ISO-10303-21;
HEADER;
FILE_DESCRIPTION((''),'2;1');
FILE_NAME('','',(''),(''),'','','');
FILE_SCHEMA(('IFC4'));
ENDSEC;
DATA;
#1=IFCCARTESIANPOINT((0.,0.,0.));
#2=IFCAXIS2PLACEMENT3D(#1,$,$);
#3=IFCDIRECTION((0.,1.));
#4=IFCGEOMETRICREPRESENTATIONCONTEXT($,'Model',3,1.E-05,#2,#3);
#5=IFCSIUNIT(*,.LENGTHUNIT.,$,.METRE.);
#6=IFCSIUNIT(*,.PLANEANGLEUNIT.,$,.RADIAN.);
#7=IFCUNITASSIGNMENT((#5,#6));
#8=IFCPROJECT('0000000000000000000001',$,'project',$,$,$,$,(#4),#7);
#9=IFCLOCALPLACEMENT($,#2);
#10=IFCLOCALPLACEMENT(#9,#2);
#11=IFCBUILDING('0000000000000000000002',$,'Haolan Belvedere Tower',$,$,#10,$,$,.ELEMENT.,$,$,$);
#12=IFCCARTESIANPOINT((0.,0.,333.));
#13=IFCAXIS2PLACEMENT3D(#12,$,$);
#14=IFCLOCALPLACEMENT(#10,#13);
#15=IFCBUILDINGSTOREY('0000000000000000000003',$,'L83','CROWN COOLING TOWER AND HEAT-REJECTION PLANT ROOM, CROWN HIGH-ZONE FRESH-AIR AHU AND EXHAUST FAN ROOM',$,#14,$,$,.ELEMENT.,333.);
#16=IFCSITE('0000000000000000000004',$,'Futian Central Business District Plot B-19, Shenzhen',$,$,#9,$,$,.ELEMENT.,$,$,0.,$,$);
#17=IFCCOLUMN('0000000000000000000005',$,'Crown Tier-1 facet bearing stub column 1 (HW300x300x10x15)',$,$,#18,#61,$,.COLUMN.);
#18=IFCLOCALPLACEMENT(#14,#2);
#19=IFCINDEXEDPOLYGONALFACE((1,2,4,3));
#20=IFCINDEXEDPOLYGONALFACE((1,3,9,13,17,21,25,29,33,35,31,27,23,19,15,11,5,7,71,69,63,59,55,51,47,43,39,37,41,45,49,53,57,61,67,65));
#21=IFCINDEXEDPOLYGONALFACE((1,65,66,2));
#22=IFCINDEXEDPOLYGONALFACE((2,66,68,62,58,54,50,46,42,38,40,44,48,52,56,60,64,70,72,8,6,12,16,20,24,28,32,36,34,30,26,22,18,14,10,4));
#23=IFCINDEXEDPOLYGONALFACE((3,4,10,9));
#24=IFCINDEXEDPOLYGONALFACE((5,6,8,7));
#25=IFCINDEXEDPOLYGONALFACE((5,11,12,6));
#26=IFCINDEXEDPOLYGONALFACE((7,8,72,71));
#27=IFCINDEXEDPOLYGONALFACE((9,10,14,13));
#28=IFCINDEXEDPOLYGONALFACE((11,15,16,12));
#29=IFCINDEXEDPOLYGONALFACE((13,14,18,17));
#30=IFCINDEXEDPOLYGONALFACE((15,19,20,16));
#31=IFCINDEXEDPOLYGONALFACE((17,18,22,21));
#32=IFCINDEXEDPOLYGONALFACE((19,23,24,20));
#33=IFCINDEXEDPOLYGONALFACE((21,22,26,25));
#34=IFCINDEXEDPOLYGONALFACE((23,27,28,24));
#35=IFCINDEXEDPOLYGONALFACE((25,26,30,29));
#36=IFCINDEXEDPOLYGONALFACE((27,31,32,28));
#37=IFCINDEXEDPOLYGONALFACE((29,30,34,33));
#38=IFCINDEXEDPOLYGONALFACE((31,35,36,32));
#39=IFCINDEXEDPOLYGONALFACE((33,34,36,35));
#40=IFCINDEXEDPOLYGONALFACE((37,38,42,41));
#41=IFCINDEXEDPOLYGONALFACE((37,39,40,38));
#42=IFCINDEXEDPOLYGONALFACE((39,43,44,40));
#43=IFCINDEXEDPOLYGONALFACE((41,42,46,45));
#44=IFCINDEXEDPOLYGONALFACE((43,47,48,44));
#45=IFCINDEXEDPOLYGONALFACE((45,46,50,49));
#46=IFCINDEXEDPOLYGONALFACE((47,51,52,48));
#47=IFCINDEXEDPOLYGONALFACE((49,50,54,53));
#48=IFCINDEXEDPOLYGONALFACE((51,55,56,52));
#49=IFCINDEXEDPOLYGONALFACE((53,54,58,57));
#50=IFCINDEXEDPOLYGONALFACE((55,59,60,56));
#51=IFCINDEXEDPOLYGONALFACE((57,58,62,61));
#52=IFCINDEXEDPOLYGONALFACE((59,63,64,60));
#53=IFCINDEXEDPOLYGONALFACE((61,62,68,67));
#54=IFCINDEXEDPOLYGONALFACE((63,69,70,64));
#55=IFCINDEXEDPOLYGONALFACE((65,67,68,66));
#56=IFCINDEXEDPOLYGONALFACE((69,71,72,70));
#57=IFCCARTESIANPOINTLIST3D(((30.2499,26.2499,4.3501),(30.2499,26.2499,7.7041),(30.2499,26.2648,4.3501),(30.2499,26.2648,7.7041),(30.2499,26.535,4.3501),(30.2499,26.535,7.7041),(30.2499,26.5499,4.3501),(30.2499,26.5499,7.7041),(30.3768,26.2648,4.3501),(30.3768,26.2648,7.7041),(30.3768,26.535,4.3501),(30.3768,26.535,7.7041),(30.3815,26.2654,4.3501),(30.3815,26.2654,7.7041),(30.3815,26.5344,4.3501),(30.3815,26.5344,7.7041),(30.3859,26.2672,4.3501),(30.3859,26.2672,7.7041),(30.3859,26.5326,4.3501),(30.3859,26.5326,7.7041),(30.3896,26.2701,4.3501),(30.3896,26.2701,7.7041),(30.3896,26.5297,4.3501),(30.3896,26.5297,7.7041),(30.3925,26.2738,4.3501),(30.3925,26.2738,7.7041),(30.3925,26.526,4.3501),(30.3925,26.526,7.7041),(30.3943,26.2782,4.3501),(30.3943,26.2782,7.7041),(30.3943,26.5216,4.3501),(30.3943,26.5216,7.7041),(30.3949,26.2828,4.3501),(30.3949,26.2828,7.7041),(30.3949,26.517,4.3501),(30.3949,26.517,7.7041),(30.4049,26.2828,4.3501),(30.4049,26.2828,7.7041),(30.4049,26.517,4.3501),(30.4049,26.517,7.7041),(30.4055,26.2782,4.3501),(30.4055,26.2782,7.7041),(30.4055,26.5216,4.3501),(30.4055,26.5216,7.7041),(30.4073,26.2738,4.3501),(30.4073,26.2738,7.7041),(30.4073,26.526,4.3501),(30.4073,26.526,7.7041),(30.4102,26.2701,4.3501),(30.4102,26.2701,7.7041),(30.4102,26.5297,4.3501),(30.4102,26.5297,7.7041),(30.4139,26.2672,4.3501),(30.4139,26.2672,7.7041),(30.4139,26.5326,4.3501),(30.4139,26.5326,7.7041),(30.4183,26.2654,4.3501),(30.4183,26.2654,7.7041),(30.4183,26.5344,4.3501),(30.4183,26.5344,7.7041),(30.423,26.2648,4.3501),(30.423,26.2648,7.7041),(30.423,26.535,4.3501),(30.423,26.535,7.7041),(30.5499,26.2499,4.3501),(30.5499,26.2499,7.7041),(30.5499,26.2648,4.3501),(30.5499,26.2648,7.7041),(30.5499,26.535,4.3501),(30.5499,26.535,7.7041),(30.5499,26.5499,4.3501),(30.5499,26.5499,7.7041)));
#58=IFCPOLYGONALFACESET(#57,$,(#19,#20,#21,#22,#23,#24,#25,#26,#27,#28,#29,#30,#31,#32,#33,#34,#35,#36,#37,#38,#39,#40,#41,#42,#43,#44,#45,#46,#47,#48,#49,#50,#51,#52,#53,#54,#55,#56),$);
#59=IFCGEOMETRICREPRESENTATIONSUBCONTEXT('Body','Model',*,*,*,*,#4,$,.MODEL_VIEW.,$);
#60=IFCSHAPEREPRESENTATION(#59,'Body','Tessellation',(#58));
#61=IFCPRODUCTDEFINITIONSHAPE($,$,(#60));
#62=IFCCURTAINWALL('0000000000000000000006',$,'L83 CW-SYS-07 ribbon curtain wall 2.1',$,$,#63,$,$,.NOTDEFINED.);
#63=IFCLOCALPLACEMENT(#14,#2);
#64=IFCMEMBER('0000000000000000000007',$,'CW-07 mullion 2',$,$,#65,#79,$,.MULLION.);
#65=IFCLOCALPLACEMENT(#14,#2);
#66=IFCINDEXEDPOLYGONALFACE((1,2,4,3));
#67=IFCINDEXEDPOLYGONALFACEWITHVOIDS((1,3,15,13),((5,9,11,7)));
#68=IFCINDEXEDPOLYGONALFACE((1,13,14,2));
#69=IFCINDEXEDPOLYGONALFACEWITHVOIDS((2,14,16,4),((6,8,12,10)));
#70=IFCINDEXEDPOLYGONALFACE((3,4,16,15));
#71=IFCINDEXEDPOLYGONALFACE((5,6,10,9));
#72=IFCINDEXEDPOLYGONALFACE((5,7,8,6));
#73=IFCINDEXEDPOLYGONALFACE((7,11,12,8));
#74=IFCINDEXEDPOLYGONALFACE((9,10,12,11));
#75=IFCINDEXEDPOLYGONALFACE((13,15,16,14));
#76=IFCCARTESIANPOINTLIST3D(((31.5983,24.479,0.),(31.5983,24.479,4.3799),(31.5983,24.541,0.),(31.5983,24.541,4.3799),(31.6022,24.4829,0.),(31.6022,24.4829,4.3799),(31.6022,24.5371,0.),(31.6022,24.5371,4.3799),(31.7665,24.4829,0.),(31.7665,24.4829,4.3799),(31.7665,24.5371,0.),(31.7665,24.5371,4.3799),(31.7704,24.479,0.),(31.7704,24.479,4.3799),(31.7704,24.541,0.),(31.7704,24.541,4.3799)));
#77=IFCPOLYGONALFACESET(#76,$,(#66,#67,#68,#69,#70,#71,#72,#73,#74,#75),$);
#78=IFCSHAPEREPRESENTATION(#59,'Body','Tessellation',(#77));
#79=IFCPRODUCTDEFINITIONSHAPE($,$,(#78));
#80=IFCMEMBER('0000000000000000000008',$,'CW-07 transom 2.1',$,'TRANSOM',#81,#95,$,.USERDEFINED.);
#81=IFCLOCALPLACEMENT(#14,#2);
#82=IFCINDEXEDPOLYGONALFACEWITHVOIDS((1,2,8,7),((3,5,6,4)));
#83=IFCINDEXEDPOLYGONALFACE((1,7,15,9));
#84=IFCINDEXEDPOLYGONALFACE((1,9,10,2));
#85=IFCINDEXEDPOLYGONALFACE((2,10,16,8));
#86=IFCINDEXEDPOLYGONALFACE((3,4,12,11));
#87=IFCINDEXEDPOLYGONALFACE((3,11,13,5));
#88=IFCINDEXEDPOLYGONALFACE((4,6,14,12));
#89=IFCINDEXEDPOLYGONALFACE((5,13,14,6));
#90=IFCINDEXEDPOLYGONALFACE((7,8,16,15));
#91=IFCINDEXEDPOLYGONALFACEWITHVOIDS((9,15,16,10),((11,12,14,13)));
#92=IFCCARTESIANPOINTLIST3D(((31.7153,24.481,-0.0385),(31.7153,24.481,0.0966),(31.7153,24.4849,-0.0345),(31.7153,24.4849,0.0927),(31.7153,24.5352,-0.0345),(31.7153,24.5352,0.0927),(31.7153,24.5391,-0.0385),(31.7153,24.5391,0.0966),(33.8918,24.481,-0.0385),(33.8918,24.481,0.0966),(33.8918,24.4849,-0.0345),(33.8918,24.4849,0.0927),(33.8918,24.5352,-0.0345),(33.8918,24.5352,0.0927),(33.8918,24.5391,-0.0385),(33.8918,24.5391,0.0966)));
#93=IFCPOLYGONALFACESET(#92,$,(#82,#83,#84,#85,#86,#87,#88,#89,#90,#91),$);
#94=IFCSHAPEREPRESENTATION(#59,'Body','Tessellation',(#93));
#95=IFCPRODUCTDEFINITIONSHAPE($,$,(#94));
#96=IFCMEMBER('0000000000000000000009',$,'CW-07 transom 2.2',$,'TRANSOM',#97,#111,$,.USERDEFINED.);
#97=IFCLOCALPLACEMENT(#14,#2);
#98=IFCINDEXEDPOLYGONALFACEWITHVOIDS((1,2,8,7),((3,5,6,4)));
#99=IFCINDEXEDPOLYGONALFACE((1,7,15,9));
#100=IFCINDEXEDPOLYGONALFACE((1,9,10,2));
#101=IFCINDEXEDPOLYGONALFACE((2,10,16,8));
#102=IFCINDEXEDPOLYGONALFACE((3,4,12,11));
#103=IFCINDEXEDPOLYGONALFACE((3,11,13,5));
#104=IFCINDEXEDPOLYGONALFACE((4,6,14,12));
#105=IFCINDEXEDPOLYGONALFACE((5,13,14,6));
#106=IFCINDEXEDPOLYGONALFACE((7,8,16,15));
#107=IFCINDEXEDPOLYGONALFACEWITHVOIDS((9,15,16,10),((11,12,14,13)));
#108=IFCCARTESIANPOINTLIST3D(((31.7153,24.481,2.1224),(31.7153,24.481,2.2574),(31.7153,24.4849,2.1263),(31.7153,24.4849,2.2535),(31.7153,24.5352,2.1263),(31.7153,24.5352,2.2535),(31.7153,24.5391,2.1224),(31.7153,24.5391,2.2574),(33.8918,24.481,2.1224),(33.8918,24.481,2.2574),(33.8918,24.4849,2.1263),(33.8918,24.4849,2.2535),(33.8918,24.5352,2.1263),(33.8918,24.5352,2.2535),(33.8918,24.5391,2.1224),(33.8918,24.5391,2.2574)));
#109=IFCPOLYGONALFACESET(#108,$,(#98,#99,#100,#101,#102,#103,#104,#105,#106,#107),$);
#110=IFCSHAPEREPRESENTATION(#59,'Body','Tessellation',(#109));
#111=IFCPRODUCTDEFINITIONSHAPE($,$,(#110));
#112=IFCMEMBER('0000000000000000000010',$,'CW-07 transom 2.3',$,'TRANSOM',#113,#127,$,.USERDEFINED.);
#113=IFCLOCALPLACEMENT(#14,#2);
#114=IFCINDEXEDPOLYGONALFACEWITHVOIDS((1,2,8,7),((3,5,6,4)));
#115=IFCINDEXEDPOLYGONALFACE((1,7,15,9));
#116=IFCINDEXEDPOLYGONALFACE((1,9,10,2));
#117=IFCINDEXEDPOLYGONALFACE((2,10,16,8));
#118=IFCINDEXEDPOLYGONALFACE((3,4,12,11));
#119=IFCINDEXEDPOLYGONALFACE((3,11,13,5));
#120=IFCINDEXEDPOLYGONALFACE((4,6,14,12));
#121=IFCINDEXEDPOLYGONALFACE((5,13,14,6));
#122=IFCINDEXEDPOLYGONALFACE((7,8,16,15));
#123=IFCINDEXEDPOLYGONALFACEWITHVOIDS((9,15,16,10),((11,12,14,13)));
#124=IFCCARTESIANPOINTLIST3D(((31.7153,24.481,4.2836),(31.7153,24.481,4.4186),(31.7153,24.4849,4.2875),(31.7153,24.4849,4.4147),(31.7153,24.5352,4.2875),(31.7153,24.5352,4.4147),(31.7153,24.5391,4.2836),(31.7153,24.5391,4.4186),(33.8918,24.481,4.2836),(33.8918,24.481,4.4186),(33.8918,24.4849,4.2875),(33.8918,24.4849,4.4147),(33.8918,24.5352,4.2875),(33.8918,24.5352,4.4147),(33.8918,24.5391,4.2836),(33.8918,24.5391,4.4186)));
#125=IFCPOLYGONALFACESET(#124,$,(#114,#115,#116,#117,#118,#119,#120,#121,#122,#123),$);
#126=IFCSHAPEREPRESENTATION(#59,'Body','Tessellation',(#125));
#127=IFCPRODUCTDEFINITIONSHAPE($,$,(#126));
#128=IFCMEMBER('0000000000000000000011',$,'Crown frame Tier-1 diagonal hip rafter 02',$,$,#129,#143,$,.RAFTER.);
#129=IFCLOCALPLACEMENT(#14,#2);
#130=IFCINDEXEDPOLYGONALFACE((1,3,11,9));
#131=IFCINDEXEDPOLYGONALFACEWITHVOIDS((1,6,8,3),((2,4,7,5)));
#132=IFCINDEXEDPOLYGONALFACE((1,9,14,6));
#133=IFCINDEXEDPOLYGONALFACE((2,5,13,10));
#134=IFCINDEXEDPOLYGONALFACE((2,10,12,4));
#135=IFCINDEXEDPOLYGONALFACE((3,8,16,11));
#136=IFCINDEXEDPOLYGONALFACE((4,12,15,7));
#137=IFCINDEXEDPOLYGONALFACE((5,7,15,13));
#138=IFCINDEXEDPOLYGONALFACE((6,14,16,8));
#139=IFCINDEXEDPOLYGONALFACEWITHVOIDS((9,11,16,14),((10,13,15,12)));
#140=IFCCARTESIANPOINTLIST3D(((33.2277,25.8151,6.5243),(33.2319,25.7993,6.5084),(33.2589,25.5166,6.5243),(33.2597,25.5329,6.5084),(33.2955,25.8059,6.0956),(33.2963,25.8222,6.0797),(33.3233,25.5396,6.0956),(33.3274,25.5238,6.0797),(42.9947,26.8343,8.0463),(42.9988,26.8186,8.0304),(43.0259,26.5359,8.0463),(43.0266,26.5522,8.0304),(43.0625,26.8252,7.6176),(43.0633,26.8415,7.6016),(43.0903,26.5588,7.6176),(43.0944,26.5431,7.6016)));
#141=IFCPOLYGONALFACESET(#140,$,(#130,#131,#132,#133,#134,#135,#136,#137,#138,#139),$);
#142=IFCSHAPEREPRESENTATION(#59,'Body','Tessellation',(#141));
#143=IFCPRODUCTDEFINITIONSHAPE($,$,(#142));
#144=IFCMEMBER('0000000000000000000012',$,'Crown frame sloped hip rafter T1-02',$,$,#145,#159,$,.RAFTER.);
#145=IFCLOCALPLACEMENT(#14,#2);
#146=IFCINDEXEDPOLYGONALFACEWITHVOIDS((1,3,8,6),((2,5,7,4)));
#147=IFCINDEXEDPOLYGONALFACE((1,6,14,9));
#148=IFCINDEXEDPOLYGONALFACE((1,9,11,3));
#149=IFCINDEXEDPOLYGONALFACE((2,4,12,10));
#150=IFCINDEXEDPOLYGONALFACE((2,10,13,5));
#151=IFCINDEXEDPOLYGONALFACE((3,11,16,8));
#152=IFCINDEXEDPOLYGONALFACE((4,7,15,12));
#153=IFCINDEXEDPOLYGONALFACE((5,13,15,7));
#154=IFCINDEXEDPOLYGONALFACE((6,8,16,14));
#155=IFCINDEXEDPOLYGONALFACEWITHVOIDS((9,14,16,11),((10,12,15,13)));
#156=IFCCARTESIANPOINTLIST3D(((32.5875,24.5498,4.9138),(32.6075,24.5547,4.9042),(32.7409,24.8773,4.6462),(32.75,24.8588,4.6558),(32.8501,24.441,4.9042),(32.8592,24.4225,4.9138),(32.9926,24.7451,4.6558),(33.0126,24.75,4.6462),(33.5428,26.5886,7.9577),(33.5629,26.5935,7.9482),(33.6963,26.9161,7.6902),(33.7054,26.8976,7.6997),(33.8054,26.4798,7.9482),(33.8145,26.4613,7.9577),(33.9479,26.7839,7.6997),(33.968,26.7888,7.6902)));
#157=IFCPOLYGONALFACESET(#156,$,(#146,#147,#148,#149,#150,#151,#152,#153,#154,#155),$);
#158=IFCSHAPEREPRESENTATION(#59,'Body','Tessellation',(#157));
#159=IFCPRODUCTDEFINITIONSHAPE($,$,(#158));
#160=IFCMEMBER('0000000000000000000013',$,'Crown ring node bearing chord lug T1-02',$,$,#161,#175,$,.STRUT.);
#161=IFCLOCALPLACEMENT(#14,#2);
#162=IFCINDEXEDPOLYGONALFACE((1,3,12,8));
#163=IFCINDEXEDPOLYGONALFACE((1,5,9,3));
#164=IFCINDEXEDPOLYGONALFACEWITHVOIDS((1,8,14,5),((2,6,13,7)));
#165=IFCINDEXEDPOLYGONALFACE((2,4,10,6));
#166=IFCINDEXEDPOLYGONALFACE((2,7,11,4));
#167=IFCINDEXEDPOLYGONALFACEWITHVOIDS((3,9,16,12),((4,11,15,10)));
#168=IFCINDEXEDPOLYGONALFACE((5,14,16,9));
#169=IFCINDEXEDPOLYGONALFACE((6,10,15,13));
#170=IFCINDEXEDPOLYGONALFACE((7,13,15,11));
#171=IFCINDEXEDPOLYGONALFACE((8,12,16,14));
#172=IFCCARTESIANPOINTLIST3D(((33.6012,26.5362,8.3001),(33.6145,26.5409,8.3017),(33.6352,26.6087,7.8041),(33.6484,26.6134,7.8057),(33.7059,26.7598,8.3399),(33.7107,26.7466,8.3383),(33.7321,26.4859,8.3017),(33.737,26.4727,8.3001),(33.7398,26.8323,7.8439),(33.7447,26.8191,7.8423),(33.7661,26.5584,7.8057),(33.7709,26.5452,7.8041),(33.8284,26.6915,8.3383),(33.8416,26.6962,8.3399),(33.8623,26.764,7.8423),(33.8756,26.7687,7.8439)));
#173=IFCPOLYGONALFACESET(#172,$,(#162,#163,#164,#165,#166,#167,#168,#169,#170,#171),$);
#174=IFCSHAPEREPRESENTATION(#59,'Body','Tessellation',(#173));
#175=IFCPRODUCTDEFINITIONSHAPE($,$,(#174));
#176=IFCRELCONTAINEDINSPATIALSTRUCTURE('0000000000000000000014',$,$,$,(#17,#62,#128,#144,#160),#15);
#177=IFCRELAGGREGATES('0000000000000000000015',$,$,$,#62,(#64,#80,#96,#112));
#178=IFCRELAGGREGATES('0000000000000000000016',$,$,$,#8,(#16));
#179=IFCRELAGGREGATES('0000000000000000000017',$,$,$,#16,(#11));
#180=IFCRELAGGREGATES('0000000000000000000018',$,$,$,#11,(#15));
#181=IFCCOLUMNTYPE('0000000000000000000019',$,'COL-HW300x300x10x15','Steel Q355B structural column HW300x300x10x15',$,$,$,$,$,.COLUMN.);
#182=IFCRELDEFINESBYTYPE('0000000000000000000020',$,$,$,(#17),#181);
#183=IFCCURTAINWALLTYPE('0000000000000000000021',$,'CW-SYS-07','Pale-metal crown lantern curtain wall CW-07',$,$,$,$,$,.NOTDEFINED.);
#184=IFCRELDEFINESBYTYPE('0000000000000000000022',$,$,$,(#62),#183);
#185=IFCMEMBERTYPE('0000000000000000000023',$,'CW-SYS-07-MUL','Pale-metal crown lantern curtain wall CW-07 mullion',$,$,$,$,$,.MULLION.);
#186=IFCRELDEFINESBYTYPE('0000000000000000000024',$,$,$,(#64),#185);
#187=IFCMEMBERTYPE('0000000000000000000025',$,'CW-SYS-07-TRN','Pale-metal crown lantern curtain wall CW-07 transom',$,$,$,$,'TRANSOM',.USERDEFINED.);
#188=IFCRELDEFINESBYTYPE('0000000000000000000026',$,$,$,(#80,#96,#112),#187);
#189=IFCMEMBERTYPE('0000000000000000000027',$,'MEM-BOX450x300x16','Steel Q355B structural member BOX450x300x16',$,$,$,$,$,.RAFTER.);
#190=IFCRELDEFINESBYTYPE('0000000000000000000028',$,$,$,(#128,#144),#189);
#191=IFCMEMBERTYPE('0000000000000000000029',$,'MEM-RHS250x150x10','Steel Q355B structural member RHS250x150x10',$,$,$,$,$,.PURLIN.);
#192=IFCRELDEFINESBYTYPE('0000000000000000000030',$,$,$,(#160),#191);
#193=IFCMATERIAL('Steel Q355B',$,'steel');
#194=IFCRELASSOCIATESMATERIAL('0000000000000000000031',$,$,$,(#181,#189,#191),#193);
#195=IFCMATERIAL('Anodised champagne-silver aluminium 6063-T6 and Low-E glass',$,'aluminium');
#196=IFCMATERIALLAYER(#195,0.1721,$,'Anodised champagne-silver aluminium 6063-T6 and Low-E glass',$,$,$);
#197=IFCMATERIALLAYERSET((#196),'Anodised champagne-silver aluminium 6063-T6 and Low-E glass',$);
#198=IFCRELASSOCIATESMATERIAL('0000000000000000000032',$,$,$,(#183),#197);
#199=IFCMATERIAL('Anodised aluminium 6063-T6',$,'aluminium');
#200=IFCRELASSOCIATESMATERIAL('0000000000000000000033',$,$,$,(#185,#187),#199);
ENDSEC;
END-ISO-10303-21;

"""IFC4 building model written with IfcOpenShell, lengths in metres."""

from ifc_helpers import new_model, si_unit, direction, frame, origin, origin_2d, place, context, subcontext, project, spatial, hollow_rectangle, i_section, extrude, material, layer, layer_set, material_profile, profile_set, type_object, element, aggregate, save


model = new_model("IFC4")

# Units and contexts
model_context = context("Model", 3, precision=1e-05, world=origin(), true_north=direction((0.0, 1.0)))
body_context = subcontext(model_context, "Body", "Model", "MODEL_VIEW")
ifc_project = project(units=[si_unit("LENGTHUNIT", "METRE"), si_unit("PLANEANGLEUNIT", "RADIAN")], contexts=[model_context])

# Site, building, storey
site_placement = place(None, origin())
site = spatial("IfcSite", under=ifc_project, at=site_placement, Name="Futian Central Business District Plot B-19, Shenzhen", CompositionType="ELEMENT", RefElevation=0.0)
building_placement = place(site_placement, origin())
building = spatial("IfcBuilding", under=site, at=building_placement, Name="Haolan Belvedere Tower", CompositionType="ELEMENT")
storey_placement = place(building_placement, frame((0.0, 0.0, 333.0)))
storey = spatial("IfcBuildingStorey", under=building, at=storey_placement, Name="L83", Description="CROWN COOLING TOWER AND HEAT-REJECTION PLANT ROOM, CROWN HIGH-ZONE FRESH-AIR AHU AND EXHAUST FAN ROOM", CompositionType="ELEMENT", Elevation=333.0)

# Column
ifc_material_1 = material(Name="Steel Q355B", Category="steel")
ifc_material_profile_1 = material_profile(ifc_material_1, i_section(OverallWidth=0.3, OverallDepth=0.3, WebThickness=0.01, FlangeThickness=0.0149, FilletRadius=0.0181, at=origin_2d()), Name="Steel Q355B")
ifc_profile_set_1 = profile_set([ifc_material_profile_1], Name="Steel Q355B")
column_type = type_object("IfcColumnType", Name="COL-HW300x300x10x15", Description="Steel Q355B structural column HW300x300x10x15", PredefinedType="COLUMN", material=ifc_profile_set_1)
column_placement = place(storey_placement, frame((30.3999, 26.3999, 4.3501), z_axis=(0.0, 0.0, 1.0), x_axis=(1.0, 0.0, 0.0)))
element("IfcColumn", 1, at=column_placement, inside=storey, type_object=column_type, Name="Crown Tier-1 facet bearing stub column 1 (HW300x300x10x15)", PredefinedType="COLUMN", context=body_context, shape_type="SweptSolid", body=[
    extrude(i_section(OverallWidth=0.3, OverallDepth=0.3, WebThickness=0.01, FlangeThickness=0.0149, FilletRadius=0.0181, at=origin_2d()), origin(), (0.0, 0.0, 1.0), 3.354),
])

# Curtain wall, members
ifc_material_2 = material(Name="Anodised champagne-silver aluminium 6063-T6 and Low-E glass", Category="aluminium")
ifc_layer_1 = layer(ifc_material_2, 0.1721, Name="Anodised champagne-silver aluminium 6063-T6 and Low-E glass")
ifc_layer_set_1 = layer_set([ifc_layer_1], Name="Anodised champagne-silver aluminium 6063-T6 and Low-E glass")
curtain_wall_type = type_object("IfcCurtainWallType", Name="CW-SYS-07", Description="Pale-metal crown lantern curtain wall CW-07", PredefinedType="NOTDEFINED", material=ifc_layer_set_1)
curtain_wall_placement = place(storey_placement, origin())
curtain_wall = element("IfcCurtainWall", 2, at=curtain_wall_placement, inside=storey, type_object=curtain_wall_type, Name="L83 CW-SYS-07 ribbon curtain wall 2.1", PredefinedType="NOTDEFINED")
ifc_material_3 = material(Name="Anodised aluminium 6063-T6", Category="aluminium")
ifc_material_profile_2 = material_profile(ifc_material_3, hollow_rectangle(XDim=0.062, YDim=0.1721, WallThickness=0.0039, at=origin_2d()), Name="Anodised aluminium 6063-T6")
ifc_profile_set_2 = profile_set([ifc_material_profile_2], Name="Anodised aluminium 6063-T6")
member_type_1 = type_object("IfcMemberType", Name="CW-SYS-07-MUL", Description="Pale-metal crown lantern curtain wall CW-07 mullion", PredefinedType="MULLION", material=ifc_profile_set_2)
member_1_placement = place(storey_placement, frame((31.6843, 24.51, 0.0), z_axis=(0.0, 0.0, 1.0), x_axis=(0.0, 1.0, 0.0)))
member_1 = element("IfcMember", 3, at=member_1_placement, type_object=member_type_1, Name="CW-07 mullion 2", PredefinedType="MULLION", context=body_context, shape_type="SweptSolid", body=[
    extrude(hollow_rectangle(XDim=0.062, YDim=0.1721, WallThickness=0.0039, at=origin_2d()), origin(), (0.0, 0.0, 1.0), 4.3799),
])
ifc_material_profile_3 = material_profile(ifc_material_3, hollow_rectangle(XDim=0.0581, YDim=0.135, WallThickness=0.0039, at=origin_2d()), Name="Anodised aluminium 6063-T6")
ifc_profile_set_3 = profile_set([ifc_material_profile_3], Name="Anodised aluminium 6063-T6")
member_type_2 = type_object("IfcMemberType", Name="CW-SYS-07-TRN", Description="Pale-metal crown lantern curtain wall CW-07 transom", ElementType="TRANSOM", PredefinedType="USERDEFINED", material=ifc_profile_set_3)
member_2_placement = place(storey_placement, frame((31.7153, 24.51, 0.0291), z_axis=(1.0, 0.0, 0.0), x_axis=(0.0, 1.0, 0.0)))
member_2 = element("IfcMember", 4, at=member_2_placement, type_object=member_type_2, Name="CW-07 transom 2.1", ObjectType="TRANSOM", PredefinedType="USERDEFINED", context=body_context, shape_type="SweptSolid", body=[
    extrude(hollow_rectangle(XDim=0.0581, YDim=0.135, WallThickness=0.0039, at=origin_2d()), origin(), (0.0, 0.0, 1.0), 2.1765),
])
member_3_placement = place(storey_placement, frame((31.7153, 24.51, 2.1899), z_axis=(1.0, 0.0, 0.0), x_axis=(0.0, 1.0, 0.0)))
member_3 = element("IfcMember", 5, at=member_3_placement, type_object=member_type_2, Name="CW-07 transom 2.2", ObjectType="TRANSOM", PredefinedType="USERDEFINED", context=body_context, shape_type="SweptSolid", body=[
    extrude(hollow_rectangle(XDim=0.0581, YDim=0.135, WallThickness=0.0039, at=origin_2d()), origin(), (0.0, 0.0, 1.0), 2.1765),
])
member_4_placement = place(storey_placement, frame((31.7153, 24.51, 4.3511), z_axis=(1.0, 0.0, 0.0), x_axis=(0.0, 1.0, 0.0)))
member_4 = element("IfcMember", 6, at=member_4_placement, type_object=member_type_2, Name="CW-07 transom 2.3", ObjectType="TRANSOM", PredefinedType="USERDEFINED", context=body_context, shape_type="SweptSolid", body=[
    extrude(hollow_rectangle(XDim=0.0581, YDim=0.135, WallThickness=0.0039, at=origin_2d()), origin(), (0.0, 0.0, 1.0), 2.1765),
])

# Members
ifc_material_profile_4 = material_profile(ifc_material_1, hollow_rectangle(XDim=0.3, YDim=0.45, WallThickness=0.0161, at=origin_2d()), Name="Steel Q355B")
ifc_profile_set_4 = profile_set([ifc_material_profile_4], Name="Steel Q355B")
member_type_3 = type_object("IfcMemberType", Name="MEM-BOX450x300x16", Description="Steel Q355B structural member BOX450x300x16", PredefinedType="RAFTER", material=ifc_profile_set_4)
member_5_placement = place(storey_placement, frame((33.2776, 25.6694, 6.302), z_axis=(0.982864, 0.102571, 0.153156), x_axis=(-0.103796, 0.994599, 0.0)))
element("IfcMember", 7, at=member_5_placement, inside=storey, type_object=member_type_3, Name="Crown frame Tier-1 diagonal hip rafter 02", PredefinedType="RAFTER", context=body_context, shape_type="SweptSolid", body=[
    extrude(hollow_rectangle(XDim=0.3, YDim=0.45, WallThickness=0.0161, at=origin_2d()), origin(), (0.0, 0.0, 1.0), 9.9373),
])
member_6_placement = place(storey_placement, frame((32.8, 24.6499, 4.78), z_axis=(0.252319, 0.538492, 0.803966), x_axis=(-0.905523, 0.424298, 0.0)))
element("IfcMember", 8, at=member_6_placement, inside=storey, type_object=member_type_3, Name="Crown frame sloped hip rafter T1-02", PredefinedType="RAFTER", context=body_context, shape_type="SweptSolid", body=[
    extrude(hollow_rectangle(XDim=0.3, YDim=0.45, WallThickness=0.0161, at=origin_2d()), origin(), (0.0, 0.0, 1.0), 3.7861),
])
ifc_material_profile_5 = material_profile(ifc_material_1, hollow_rectangle(XDim=0.1499, YDim=0.25, WallThickness=0.01, at=origin_2d()), Name="Steel Q355B")
ifc_profile_set_5 = profile_set([ifc_material_profile_5], Name="Steel Q355B")
member_type_4 = type_object("IfcMemberType", Name="MEM-RHS250x150x10", Description="Steel Q355B structural member RHS250x150x10", PredefinedType="PURLIN", material=ifc_profile_set_5)
member_7_placement = place(storey_placement, frame((33.7554, 26.6887, 7.824), z_axis=(-0.067532, -0.144295, 0.987228), x_axis=(0.905715, -0.423887, 0.0)))
element("IfcMember", 9, at=member_7_placement, inside=storey, type_object=member_type_4, Name="Crown ring node bearing chord lug T1-02", PredefinedType="STRUT", context=body_context, shape_type="SweptSolid", body=[
    extrude(hollow_rectangle(XDim=0.1499, YDim=0.25, WallThickness=0.01, at=origin_2d()), origin(), (0.0, 0.0, 1.0), 0.5024),
])

aggregate(curtain_wall, [member_1, member_2, member_3, member_4])

save(model, "model.ifc")
